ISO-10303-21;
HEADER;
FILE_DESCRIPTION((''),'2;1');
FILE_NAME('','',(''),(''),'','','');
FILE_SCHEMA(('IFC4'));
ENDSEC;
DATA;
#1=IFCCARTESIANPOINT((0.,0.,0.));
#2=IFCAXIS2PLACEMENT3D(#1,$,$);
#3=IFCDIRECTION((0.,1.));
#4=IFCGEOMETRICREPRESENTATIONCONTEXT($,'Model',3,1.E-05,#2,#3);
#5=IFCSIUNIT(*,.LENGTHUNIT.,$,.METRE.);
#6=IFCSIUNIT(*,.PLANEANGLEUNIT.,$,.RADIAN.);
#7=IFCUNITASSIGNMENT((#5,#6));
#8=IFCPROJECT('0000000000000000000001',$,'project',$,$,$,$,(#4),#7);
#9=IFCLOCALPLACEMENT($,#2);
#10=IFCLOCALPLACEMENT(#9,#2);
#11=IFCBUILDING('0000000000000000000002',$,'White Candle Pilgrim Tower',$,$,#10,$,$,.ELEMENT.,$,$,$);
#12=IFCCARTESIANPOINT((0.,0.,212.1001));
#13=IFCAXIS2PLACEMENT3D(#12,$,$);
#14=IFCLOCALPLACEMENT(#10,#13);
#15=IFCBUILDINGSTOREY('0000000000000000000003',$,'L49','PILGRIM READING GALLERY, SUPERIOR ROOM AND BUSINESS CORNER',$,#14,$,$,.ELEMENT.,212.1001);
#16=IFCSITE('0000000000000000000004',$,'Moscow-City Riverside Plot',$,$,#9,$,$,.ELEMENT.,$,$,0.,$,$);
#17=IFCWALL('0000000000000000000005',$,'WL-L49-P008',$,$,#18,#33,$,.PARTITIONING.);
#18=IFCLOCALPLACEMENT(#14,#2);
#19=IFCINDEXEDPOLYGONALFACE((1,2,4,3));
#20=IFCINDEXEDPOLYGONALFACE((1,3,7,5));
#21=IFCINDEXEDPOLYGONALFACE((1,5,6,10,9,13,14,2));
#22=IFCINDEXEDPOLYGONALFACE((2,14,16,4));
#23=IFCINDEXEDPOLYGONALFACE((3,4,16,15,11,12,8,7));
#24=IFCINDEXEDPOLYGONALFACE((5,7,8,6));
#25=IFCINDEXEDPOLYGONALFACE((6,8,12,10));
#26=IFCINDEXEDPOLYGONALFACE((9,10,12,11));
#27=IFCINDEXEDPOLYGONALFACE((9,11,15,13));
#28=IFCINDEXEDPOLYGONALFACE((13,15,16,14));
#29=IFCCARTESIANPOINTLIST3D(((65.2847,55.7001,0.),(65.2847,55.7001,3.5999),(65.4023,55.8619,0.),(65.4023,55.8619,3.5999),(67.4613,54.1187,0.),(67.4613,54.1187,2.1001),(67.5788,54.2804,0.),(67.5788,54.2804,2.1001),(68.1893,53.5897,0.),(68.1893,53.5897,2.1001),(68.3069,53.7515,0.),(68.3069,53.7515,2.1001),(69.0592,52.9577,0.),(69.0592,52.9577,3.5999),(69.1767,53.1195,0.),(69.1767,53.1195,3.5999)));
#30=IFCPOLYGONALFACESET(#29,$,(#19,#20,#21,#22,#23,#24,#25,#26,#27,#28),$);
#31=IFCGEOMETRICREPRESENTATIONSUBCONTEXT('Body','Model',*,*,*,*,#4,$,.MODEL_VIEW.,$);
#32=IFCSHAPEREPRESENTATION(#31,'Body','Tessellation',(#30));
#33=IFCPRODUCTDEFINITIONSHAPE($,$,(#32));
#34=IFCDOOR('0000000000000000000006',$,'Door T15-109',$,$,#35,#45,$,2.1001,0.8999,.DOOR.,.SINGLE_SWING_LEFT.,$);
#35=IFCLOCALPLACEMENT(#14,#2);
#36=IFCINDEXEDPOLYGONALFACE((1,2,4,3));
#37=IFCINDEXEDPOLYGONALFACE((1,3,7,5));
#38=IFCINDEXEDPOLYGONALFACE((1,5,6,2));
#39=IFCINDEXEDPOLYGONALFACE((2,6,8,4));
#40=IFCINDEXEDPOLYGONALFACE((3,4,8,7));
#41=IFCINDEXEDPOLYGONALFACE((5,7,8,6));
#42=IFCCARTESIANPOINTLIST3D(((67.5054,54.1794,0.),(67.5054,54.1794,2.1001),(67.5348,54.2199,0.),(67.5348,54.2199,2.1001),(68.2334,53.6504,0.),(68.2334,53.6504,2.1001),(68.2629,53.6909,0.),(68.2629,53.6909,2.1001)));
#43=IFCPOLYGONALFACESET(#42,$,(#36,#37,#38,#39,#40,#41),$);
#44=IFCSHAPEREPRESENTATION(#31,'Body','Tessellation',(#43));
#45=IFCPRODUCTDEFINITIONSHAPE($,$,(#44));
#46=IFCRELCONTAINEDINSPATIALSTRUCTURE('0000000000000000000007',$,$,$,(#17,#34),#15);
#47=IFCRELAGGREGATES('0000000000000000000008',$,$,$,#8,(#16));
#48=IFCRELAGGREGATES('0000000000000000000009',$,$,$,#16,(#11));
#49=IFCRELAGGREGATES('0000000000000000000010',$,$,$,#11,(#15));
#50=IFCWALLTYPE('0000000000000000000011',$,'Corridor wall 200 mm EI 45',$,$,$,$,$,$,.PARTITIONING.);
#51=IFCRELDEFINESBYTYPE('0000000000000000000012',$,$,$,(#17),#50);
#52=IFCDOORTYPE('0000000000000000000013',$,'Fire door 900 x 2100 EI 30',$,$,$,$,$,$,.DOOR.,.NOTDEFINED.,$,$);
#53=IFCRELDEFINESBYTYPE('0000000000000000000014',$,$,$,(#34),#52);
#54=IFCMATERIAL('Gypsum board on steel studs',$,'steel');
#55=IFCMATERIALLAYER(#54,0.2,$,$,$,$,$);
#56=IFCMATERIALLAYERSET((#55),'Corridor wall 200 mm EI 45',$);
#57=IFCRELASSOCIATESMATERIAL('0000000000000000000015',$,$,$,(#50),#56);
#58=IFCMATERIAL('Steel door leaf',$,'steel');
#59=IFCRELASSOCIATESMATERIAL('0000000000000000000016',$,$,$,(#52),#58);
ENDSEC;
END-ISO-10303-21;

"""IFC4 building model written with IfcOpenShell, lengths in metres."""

from ifc_helpers import new_model, si_unit, direction, frame, frame_2d, origin, place, context, subcontext, project, spatial, rectangle, extrude, material, layer, layer_set, type_object, element, fill, save


model = new_model("IFC4")

# Units and contexts
model_context = context("Model", 3, precision=1e-05, world=origin(), true_north=direction((0.0, 1.0)))
body_context = subcontext(model_context, "Body", "Model", "MODEL_VIEW")
ifc_project = project(units=[si_unit("LENGTHUNIT", "METRE"), si_unit("PLANEANGLEUNIT", "RADIAN")], contexts=[model_context])

# Site, building, storey
site_placement = place(None, origin())
site = spatial("IfcSite", under=ifc_project, at=site_placement, Name="Moscow-City Riverside Plot", CompositionType="ELEMENT", RefElevation=0.0)
building_placement = place(site_placement, origin())
building = spatial("IfcBuilding", under=site, at=building_placement, Name="White Candle Pilgrim Tower", CompositionType="ELEMENT")
storey_placement = place(building_placement, frame((0.0, 0.0, 212.1001)))
storey = spatial("IfcBuildingStorey", under=building, at=storey_placement, Name="L49", Description="PILGRIM READING GALLERY, SUPERIOR ROOM AND BUSINESS CORNER", CompositionType="ELEMENT", Elevation=212.1001)

# Wall, opening, door
ifc_material_1 = material(Name="Gypsum board on steel studs", Category="steel")
ifc_layer_1 = layer(ifc_material_1, 0.2)
ifc_layer_set_1 = layer_set([ifc_layer_1], Name="Corridor wall 200 mm EI 45")
wall_type_1 = type_object("IfcWallType", Name="Corridor wall 200 mm EI 45", PredefinedType="PARTITIONING", material=ifc_layer_set_1)
ifc_material_2 = material(Name="Steel door leaf", Category="steel")
door_type_1 = type_object("IfcDoorType", Name="Fire door 900 x 2100 EI 30", OperationType="NOTDEFINED", PredefinedType="DOOR", material=ifc_material_2)
wall_1_placement = place(storey_placement, frame((69.1179, 53.0386, 0.0), z_axis=(0.0, 0.0, 1.0), x_axis=(-0.809001, 0.587808, 0.0)))
wall_1 = element("IfcWall", 1, at=wall_1_placement, inside=storey, type_object=wall_type_1, Name="WL-L49-P008", PredefinedType="PARTITIONING", context=body_context, shape_type="SweptSolid", body=[
    extrude(rectangle(XDim=4.6655, YDim=0.2, at=frame_2d((2.3328, 0.0))), origin(), (0.0, 0.0, 1.0), 3.5999),
])
opening_1_placement = place(wall_1_placement, frame((1.0752, 0.0, 0.0)))
opening_1 = element("IfcOpeningElement", 2, at=opening_1_placement, cuts=wall_1, PredefinedType="OPENING", context=body_context, shape_type="SweptSolid", body=[
    extrude(rectangle(XDim=0.8999, YDim=2.1001, at=frame_2d((0.45, 1.05))), frame((0.0, 0.1099, 0.0), z_axis=(0.0, -1.0, 0.0), x_axis=(1.0, 0.0, 0.0)), (0.0, 0.0, 1.0), 0.22),
])
door_1_placement = place(opening_1_placement, origin())
door_1 = element("IfcDoor", 3, at=door_1_placement, inside=storey, type_object=door_type_1, Name="Door T15-109", OperationType="SINGLE_SWING_LEFT", OverallHeight=2.1001, OverallWidth=0.8999, PredefinedType="DOOR", context=body_context, shape_type="SweptSolid", body=[
    extrude(rectangle(XDim=0.8999, YDim=2.1001, at=frame_2d((0.45, 1.05))), frame((0.0, 0.0249, 0.0), z_axis=(0.0, -1.0, 0.0), x_axis=(1.0, 0.0, 0.0)), (0.0, 0.0, 1.0), 0.05),
])
fill(opening_1, door_1)

save(model, "model.ifc")
